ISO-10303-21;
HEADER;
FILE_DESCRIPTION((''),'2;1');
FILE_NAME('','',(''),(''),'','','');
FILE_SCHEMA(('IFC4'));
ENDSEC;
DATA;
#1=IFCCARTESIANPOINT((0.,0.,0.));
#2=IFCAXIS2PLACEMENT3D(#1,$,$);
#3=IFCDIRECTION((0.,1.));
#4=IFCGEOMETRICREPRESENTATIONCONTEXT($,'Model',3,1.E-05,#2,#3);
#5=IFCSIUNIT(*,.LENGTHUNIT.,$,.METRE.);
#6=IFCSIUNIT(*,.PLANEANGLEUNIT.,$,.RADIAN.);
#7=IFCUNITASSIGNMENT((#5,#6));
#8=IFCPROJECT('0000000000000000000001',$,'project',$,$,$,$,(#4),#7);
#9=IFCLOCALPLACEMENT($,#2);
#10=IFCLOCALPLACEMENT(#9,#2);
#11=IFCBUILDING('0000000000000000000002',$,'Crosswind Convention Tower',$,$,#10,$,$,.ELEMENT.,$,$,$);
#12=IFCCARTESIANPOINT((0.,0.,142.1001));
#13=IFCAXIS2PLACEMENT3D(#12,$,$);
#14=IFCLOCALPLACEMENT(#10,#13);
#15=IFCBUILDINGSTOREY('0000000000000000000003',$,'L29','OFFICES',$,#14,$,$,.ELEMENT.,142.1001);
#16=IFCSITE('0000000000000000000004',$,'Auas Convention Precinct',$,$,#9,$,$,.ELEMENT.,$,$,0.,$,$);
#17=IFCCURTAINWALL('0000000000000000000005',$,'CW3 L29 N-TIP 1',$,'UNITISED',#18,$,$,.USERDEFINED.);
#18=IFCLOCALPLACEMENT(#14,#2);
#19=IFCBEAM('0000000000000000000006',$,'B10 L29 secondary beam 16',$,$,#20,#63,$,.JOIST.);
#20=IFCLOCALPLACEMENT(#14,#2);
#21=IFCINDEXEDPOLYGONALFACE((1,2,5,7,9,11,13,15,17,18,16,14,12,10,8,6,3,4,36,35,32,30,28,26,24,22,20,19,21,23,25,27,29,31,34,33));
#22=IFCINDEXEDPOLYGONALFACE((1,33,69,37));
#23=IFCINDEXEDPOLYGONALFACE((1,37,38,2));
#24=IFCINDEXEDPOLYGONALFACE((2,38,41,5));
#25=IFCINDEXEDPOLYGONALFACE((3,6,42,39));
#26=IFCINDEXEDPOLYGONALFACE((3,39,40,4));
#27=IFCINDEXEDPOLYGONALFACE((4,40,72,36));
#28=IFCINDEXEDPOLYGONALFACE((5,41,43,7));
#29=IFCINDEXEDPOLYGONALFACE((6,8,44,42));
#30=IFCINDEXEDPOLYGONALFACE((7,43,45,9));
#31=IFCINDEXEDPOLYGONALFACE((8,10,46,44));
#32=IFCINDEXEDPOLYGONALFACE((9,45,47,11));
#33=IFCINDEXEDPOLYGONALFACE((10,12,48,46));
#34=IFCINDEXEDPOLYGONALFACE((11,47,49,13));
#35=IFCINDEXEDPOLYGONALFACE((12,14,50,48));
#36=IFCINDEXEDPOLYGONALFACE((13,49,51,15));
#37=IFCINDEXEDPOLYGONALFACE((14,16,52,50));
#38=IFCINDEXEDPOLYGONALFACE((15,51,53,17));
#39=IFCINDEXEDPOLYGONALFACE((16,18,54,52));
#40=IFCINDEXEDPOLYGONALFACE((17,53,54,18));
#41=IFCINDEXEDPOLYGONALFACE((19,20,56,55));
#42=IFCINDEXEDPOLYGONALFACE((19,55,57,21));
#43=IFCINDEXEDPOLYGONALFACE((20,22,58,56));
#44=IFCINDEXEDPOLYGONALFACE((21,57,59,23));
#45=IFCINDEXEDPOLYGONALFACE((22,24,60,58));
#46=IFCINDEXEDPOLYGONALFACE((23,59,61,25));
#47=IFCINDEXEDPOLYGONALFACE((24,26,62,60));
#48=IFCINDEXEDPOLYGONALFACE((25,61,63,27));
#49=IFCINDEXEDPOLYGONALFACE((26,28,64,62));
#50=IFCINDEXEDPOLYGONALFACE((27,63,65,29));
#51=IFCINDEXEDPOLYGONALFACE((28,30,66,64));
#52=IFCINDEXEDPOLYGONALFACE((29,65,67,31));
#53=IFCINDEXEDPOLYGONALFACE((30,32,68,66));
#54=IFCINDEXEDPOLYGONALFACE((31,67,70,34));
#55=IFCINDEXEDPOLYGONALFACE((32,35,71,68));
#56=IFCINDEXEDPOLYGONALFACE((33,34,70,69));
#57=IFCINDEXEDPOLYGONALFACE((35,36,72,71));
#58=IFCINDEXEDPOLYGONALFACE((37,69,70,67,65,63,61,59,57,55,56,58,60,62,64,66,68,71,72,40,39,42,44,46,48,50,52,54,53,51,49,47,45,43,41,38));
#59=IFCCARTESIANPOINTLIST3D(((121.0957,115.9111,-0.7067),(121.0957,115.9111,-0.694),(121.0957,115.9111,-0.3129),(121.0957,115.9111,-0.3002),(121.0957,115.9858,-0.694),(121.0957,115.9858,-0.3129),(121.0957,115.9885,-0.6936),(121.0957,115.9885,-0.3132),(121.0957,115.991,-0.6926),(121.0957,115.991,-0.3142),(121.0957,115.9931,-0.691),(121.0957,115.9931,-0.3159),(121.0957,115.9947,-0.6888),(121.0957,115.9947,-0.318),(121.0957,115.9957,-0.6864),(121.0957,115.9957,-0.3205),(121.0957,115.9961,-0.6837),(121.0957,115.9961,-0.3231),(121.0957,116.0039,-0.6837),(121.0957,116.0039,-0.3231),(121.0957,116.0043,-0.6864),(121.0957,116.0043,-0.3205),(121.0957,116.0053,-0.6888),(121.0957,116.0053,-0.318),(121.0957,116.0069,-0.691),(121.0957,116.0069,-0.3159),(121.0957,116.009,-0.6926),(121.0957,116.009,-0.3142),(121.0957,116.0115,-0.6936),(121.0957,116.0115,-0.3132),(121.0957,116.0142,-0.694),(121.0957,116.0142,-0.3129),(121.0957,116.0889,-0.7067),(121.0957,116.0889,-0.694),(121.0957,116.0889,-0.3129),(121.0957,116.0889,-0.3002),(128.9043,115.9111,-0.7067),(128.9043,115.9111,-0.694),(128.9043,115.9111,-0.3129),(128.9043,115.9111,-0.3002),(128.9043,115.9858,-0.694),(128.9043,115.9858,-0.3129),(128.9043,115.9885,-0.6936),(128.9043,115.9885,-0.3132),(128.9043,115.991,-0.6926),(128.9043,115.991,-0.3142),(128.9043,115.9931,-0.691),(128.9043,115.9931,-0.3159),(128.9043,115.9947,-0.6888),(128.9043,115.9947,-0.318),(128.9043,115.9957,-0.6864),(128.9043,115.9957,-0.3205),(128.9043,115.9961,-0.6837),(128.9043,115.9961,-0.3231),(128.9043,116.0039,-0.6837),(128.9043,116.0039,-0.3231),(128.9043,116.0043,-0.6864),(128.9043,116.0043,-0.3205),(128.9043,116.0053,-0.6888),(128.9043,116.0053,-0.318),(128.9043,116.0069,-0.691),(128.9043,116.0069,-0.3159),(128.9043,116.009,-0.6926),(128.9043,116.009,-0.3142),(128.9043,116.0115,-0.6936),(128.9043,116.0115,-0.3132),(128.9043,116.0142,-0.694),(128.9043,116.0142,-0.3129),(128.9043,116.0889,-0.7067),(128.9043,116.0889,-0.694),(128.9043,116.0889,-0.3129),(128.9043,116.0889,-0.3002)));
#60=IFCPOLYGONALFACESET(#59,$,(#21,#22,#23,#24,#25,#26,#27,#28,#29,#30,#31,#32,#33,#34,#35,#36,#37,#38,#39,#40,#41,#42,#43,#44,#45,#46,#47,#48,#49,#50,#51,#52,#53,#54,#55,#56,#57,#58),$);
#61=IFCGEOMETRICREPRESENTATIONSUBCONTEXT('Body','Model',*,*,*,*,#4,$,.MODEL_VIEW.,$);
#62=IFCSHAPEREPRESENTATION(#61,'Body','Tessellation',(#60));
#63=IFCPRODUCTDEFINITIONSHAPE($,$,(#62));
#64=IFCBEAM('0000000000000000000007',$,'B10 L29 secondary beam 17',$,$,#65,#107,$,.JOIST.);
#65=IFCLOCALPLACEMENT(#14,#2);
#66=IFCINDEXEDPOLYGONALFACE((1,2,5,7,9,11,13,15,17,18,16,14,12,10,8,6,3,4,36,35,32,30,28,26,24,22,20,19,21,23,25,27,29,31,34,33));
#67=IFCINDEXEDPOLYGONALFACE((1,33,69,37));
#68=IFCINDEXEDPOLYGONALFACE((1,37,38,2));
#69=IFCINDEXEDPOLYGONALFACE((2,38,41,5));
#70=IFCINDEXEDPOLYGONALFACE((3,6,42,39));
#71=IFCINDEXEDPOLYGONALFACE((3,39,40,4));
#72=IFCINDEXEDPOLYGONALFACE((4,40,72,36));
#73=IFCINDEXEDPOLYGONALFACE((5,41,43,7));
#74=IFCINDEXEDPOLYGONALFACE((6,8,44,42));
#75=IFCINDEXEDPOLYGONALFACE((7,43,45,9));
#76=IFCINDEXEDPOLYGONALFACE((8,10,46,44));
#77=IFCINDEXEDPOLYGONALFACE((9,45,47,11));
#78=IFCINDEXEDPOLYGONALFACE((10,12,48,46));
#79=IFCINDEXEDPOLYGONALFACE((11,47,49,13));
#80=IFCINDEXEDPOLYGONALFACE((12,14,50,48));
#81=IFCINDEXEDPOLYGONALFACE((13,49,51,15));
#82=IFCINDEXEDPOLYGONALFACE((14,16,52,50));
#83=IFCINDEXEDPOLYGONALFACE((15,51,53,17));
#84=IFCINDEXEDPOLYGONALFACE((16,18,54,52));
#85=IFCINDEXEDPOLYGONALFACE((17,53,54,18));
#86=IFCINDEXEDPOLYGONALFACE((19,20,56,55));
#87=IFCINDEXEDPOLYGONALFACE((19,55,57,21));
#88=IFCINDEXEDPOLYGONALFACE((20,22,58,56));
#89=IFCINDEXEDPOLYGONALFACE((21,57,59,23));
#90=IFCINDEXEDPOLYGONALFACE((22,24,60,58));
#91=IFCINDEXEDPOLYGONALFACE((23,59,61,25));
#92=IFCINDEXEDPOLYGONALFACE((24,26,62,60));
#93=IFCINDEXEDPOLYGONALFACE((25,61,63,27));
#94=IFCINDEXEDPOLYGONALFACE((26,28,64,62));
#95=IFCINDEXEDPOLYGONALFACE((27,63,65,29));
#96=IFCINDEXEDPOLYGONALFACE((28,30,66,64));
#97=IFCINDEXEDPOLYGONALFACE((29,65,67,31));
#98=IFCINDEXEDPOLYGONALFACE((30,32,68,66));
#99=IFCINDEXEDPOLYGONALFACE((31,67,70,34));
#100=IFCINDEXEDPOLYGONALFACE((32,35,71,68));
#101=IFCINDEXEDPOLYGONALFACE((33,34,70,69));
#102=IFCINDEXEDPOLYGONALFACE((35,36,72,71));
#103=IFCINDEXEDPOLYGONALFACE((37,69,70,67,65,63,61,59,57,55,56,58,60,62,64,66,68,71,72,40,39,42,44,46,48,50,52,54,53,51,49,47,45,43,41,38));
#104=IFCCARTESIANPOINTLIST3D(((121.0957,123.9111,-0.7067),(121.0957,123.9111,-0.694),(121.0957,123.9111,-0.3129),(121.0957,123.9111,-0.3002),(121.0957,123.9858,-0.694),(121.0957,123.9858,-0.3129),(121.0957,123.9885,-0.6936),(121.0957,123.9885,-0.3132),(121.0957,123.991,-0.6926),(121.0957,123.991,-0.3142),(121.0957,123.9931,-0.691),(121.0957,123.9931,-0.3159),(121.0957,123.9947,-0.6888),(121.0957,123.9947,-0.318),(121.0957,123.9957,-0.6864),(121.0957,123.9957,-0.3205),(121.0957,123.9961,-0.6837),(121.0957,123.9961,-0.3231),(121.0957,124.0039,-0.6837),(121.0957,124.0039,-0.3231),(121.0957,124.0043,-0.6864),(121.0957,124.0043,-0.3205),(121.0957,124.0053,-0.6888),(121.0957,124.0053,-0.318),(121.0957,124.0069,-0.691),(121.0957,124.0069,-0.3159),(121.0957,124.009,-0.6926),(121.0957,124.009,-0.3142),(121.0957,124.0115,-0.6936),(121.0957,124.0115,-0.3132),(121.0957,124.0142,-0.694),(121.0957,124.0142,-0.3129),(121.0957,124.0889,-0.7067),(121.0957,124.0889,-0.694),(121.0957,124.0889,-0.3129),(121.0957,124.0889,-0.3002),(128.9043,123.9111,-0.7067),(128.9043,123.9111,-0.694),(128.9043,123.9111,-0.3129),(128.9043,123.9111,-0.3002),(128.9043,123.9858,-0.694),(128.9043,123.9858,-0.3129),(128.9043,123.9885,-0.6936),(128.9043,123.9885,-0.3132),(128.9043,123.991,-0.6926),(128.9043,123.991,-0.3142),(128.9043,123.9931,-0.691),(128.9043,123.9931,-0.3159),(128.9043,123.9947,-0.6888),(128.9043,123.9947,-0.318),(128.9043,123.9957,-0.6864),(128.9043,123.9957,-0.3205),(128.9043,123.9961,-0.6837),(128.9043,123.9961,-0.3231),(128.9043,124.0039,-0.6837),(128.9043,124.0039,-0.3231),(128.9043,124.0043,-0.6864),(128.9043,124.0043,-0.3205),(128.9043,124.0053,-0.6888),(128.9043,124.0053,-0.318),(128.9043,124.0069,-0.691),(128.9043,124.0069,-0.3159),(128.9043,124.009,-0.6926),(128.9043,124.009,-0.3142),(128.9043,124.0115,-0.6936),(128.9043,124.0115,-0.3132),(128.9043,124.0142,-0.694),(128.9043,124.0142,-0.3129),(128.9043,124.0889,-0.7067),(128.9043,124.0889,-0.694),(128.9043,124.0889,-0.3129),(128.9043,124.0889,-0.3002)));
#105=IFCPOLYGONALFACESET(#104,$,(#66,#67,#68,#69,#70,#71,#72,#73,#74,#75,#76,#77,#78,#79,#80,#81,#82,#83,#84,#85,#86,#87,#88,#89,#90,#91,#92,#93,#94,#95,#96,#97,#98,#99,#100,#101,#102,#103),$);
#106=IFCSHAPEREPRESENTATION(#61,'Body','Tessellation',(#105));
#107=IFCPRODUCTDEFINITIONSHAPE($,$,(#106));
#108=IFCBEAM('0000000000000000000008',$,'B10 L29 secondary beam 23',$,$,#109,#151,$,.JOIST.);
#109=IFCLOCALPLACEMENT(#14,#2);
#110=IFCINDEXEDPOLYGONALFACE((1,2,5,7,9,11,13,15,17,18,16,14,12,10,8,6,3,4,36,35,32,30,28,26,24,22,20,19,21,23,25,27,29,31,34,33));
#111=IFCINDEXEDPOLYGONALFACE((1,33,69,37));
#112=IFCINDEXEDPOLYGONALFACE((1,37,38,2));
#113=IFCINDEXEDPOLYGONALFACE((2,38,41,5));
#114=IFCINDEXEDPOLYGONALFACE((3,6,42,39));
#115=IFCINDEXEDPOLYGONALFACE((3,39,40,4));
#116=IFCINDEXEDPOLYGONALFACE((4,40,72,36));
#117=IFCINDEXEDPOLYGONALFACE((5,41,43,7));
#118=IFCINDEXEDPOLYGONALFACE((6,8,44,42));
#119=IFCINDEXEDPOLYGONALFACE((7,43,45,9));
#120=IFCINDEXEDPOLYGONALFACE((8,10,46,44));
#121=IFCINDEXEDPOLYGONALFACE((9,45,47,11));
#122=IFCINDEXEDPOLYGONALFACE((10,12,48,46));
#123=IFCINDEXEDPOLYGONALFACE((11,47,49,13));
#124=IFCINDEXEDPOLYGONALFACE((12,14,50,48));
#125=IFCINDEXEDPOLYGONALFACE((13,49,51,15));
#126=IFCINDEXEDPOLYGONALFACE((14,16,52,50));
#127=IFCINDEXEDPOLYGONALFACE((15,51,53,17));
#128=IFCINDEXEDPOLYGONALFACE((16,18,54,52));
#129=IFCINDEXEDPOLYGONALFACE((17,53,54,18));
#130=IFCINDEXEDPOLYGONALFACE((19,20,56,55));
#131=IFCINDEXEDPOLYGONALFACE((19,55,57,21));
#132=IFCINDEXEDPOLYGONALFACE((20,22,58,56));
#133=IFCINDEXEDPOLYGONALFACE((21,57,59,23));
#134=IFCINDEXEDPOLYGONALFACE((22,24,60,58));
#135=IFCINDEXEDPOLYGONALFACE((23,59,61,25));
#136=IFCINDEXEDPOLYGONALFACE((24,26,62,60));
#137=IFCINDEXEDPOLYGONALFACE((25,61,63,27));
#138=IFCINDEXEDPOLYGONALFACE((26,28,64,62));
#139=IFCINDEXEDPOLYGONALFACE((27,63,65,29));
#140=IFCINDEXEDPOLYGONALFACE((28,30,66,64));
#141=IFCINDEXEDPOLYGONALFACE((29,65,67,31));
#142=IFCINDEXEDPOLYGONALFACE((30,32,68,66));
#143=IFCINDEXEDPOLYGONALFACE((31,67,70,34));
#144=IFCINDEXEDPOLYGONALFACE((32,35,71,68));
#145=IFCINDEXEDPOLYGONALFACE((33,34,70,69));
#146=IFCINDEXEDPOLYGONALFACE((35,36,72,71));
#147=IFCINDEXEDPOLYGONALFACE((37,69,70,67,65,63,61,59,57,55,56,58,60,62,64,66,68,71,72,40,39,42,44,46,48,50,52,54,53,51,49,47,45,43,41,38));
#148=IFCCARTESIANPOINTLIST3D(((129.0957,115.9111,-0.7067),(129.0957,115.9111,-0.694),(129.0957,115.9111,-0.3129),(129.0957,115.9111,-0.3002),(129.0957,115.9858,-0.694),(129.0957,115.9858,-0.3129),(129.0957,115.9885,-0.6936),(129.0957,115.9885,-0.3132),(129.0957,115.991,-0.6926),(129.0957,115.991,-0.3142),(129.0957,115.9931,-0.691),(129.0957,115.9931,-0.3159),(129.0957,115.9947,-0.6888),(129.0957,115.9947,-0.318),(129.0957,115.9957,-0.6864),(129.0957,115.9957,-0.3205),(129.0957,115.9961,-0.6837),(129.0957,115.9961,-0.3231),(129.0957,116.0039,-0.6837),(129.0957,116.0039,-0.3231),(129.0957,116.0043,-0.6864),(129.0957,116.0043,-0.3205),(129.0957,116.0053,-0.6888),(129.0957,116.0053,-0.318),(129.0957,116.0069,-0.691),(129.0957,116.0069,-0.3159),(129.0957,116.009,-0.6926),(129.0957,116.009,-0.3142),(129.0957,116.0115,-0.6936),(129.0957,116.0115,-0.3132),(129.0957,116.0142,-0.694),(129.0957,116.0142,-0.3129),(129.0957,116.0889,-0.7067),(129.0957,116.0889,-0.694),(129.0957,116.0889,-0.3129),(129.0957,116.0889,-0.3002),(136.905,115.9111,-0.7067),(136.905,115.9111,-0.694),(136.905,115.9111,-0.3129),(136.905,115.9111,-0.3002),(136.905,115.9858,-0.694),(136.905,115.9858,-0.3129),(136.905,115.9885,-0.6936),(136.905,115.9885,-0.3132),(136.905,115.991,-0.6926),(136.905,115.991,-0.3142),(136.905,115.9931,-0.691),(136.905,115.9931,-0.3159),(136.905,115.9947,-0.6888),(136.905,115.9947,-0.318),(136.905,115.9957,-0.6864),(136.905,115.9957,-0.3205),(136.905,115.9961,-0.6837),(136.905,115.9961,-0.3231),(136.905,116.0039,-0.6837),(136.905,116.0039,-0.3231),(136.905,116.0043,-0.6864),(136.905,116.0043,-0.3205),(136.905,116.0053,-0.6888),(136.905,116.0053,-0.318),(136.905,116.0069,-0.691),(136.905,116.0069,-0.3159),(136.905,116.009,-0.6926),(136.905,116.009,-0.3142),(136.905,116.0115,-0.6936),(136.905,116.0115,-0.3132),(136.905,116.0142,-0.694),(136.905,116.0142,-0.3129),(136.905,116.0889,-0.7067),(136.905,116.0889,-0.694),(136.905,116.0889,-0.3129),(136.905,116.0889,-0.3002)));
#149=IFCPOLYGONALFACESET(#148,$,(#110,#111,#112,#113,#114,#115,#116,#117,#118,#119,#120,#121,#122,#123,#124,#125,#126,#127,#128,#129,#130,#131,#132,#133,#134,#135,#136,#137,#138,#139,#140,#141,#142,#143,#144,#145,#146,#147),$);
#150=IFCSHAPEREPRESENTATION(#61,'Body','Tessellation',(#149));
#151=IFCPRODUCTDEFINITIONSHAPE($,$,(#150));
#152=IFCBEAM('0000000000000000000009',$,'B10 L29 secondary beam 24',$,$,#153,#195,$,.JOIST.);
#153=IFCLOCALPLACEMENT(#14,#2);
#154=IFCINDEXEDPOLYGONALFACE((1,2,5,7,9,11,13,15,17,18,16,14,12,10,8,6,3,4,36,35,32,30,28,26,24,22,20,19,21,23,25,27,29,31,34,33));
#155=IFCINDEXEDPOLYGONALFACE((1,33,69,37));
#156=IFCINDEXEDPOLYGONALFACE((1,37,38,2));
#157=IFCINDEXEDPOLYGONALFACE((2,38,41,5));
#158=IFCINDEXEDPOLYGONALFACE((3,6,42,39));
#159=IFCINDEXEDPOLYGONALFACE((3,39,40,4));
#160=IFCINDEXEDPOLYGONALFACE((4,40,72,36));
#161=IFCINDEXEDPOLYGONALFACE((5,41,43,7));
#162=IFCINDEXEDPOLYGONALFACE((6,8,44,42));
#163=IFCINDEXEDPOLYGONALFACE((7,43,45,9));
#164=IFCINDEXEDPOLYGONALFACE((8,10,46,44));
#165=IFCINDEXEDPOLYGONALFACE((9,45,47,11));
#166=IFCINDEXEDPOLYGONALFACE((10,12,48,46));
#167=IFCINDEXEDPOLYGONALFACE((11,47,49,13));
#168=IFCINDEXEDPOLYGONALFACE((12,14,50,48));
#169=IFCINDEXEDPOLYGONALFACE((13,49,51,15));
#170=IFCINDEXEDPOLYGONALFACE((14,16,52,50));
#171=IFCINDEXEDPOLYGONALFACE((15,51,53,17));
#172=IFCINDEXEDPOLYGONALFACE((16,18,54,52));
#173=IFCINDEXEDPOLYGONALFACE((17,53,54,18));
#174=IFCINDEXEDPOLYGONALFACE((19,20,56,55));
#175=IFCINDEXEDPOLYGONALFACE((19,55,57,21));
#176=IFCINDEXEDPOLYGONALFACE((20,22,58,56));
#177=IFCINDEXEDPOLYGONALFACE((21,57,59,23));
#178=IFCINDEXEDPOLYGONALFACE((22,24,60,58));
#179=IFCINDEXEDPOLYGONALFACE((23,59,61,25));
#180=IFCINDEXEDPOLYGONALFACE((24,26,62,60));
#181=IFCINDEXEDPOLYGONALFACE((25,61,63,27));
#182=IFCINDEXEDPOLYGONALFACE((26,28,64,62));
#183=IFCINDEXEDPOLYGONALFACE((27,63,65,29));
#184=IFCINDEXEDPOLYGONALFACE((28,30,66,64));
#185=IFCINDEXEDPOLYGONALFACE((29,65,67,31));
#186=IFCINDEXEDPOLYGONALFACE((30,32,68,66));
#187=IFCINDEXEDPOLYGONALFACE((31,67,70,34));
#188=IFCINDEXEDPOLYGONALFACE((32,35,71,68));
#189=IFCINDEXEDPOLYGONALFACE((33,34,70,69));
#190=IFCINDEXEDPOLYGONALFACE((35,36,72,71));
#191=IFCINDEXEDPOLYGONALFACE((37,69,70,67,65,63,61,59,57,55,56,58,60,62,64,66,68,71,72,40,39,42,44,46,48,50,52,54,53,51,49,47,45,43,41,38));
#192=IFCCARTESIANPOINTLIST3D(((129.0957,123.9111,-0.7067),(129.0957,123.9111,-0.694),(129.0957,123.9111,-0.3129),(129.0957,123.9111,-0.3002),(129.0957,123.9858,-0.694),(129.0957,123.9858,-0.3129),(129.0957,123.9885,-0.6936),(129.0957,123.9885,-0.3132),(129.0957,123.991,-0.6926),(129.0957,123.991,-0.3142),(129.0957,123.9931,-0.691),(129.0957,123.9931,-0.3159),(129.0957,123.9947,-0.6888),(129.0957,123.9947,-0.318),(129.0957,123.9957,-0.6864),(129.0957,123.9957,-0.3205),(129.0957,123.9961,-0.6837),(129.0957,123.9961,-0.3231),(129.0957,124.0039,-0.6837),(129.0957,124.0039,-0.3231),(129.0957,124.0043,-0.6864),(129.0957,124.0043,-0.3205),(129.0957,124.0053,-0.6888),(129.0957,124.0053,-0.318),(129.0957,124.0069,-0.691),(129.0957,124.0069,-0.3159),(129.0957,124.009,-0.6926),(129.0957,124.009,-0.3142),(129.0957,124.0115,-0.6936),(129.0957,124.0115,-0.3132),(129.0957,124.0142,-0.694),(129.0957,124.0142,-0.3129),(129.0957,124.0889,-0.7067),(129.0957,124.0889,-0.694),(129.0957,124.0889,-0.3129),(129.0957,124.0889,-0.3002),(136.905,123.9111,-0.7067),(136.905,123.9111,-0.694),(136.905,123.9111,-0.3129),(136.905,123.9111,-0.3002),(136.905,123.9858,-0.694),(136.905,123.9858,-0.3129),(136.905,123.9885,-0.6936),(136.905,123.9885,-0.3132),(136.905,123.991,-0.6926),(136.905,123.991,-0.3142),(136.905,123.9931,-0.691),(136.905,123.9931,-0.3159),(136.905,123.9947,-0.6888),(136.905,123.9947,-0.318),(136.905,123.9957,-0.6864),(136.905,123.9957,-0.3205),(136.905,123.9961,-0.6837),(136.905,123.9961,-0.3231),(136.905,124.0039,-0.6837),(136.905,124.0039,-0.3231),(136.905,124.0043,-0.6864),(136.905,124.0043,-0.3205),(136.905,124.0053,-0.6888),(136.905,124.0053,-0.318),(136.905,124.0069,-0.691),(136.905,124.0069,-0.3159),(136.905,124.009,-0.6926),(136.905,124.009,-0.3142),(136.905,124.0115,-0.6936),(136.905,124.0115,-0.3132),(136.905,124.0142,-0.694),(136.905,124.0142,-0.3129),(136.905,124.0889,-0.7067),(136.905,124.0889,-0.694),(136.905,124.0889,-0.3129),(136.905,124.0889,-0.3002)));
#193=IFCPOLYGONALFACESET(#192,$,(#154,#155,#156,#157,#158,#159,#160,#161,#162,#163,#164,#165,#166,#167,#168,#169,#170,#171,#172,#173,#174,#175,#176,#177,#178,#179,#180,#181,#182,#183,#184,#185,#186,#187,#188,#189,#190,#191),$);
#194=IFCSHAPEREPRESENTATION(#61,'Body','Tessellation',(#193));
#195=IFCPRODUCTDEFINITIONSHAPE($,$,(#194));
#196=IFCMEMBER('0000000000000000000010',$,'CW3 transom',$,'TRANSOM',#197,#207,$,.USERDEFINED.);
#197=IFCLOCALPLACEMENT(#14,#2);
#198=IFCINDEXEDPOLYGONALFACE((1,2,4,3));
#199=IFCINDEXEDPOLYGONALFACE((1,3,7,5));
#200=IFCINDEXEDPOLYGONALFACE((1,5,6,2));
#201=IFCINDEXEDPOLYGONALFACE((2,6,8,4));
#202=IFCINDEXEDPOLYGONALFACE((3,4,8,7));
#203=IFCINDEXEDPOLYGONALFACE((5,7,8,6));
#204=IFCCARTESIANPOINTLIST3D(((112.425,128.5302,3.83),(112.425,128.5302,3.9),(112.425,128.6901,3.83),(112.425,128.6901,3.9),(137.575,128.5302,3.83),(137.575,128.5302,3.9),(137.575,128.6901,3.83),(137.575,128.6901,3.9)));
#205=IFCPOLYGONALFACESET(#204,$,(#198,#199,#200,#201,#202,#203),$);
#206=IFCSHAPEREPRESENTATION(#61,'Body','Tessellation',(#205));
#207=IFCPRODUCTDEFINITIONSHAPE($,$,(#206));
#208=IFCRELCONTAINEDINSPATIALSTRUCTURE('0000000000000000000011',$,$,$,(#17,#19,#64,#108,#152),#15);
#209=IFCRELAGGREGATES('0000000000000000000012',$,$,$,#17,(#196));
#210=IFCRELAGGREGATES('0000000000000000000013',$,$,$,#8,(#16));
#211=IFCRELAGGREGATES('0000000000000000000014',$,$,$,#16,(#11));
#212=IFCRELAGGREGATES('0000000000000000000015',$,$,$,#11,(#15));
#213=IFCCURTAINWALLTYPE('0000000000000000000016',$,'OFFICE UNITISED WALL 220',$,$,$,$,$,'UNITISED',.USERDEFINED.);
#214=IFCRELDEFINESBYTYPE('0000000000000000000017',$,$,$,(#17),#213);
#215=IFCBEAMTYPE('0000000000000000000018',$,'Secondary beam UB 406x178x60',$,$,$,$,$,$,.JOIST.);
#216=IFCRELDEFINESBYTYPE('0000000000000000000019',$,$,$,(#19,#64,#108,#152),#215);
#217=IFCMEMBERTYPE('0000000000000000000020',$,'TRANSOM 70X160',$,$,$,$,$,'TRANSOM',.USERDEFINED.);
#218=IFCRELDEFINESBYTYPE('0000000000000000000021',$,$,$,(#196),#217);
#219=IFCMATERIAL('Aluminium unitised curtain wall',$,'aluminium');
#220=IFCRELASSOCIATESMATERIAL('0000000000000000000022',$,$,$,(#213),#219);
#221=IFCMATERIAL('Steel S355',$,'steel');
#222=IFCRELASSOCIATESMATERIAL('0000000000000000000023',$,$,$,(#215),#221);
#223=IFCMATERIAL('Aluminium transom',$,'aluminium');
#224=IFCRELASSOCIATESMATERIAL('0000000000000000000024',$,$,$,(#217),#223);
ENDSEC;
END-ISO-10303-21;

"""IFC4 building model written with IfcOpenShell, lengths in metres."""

from ifc_helpers import new_model, si_unit, direction, frame, origin, origin_2d, place, context, subcontext, project, spatial, rectangle, i_section, extrude, material, material_profile, profile_set, type_object, element, aggregate, save


model = new_model("IFC4")

# Units and contexts
model_context = context("Model", 3, precision=1e-05, world=origin(), true_north=direction((0.0, 1.0)))
body_context = subcontext(model_context, "Body", "Model", "MODEL_VIEW")
ifc_project = project(units=[si_unit("LENGTHUNIT", "METRE"), si_unit("PLANEANGLEUNIT", "RADIAN")], contexts=[model_context])

# Site, building, storey
site_placement = place(None, origin())
site = spatial("IfcSite", under=ifc_project, at=site_placement, Name="Auas Convention Precinct", CompositionType="ELEMENT", RefElevation=0.0)
building_placement = place(site_placement, origin())
building = spatial("IfcBuilding", under=site, at=building_placement, Name="Crosswind Convention Tower", CompositionType="ELEMENT")
storey_placement = place(building_placement, frame((0.0, 0.0, 142.1001)))
storey = spatial("IfcBuildingStorey", under=building, at=storey_placement, Name="L29", Description="OFFICES", CompositionType="ELEMENT", Elevation=142.1001)

# Shared definitions
ifc_material_1 = material(Name="Steel S355", Category="steel")

# Curtain wall
ifc_material_2 = material(Name="Aluminium unitised curtain wall", Category="aluminium")
curtain_wall_type = type_object("IfcCurtainWallType", Name="OFFICE UNITISED WALL 220", ElementType="UNITISED", PredefinedType="USERDEFINED", material=ifc_material_2)
curtain_wall_placement = place(storey_placement, origin())
curtain_wall = element("IfcCurtainWall", 1, at=curtain_wall_placement, inside=storey, type_object=curtain_wall_type, Name="CW3 L29 N-TIP 1", ObjectType="UNITISED", PredefinedType="USERDEFINED")

# Beams
ifc_material_profile_1 = material_profile(ifc_material_1, i_section(OverallWidth=0.1777, OverallDepth=0.4065, WebThickness=0.0078, FlangeThickness=0.0127, FilletRadius=0.0103, at=origin_2d()), Name="UB 406x178x60")
ifc_profile_set_1 = profile_set([ifc_material_profile_1], Name="Steel S355")
beam_type_1 = type_object("IfcBeamType", Name="Secondary beam UB 406x178x60", PredefinedType="JOIST", material=ifc_profile_set_1)
for number, where, z_axis, x_axis, name in (
    (2, (121.0957, 116.0, -0.5034), (1.0, 0.0, 0.0), (0.0, 1.0, 0.0), "B10 L29 secondary beam 16"),
    (3, (121.0957, 124.0, -0.5034), (1.0, 0.0, 0.0), (0.0, 1.0, 0.0), "B10 L29 secondary beam 17"),
):
    element("IfcBeam", number, at=place(storey_placement, frame(where, z_axis=z_axis, x_axis=x_axis)), inside=storey, type_object=beam_type_1, Name=name, PredefinedType="JOIST", context=body_context, shape_type="SweptSolid", body=[
        extrude(i_section(OverallWidth=0.1777, OverallDepth=0.4065, WebThickness=0.0078, FlangeThickness=0.0127, FilletRadius=0.0103, at=origin_2d()), origin(), (0.0, 0.0, 1.0), 7.8086),
    ])
for number, where, z_axis, x_axis, name in (
    (4, (129.0957, 116.0, -0.5034), (1.0, 0.0, 0.0), (0.0, 1.0, 0.0), "B10 L29 secondary beam 23"),
    (5, (129.0957, 124.0, -0.5034), (1.0, 0.0, 0.0), (0.0, 1.0, 0.0), "B10 L29 secondary beam 24"),
):
    element("IfcBeam", number, at=place(storey_placement, frame(where, z_axis=z_axis, x_axis=x_axis)), inside=storey, type_object=beam_type_1, Name=name, PredefinedType="JOIST", context=body_context, shape_type="SweptSolid", body=[
        extrude(i_section(OverallWidth=0.1777, OverallDepth=0.4065, WebThickness=0.0078, FlangeThickness=0.0127, FilletRadius=0.0103, at=origin_2d()), origin(), (0.0, 0.0, 1.0), 7.8093),
    ])

# Member
ifc_material_3 = material(Name="Aluminium transom", Category="aluminium")
ifc_material_profile_2 = material_profile(ifc_material_3, rectangle(XDim=0.1599, YDim=0.0701, at=origin_2d()), Name="AL 160X70")
ifc_profile_set_2 = profile_set([ifc_material_profile_2], Name="Aluminium transom")
member_type_1 = type_object("IfcMemberType", Name="TRANSOM 70X160", ElementType="TRANSOM", PredefinedType="USERDEFINED", material=ifc_profile_set_2)
member_1_placement = place(storey_placement, frame((137.575, 128.6101, 3.865), z_axis=(-1.0, 0.0, 0.0), x_axis=(0.0, -1.0, 0.0)))
member_1 = element("IfcMember", 6, at=member_1_placement, type_object=member_type_1, Name="CW3 transom", ObjectType="TRANSOM", PredefinedType="USERDEFINED", context=body_context, shape_type="SweptSolid", body=[
    extrude(rectangle(XDim=0.1599, YDim=0.0701, at=origin_2d()), origin(), (0.0, 0.0, 1.0), 25.1499),
])

aggregate(curtain_wall, [member_1])

save(model, "model.ifc")
